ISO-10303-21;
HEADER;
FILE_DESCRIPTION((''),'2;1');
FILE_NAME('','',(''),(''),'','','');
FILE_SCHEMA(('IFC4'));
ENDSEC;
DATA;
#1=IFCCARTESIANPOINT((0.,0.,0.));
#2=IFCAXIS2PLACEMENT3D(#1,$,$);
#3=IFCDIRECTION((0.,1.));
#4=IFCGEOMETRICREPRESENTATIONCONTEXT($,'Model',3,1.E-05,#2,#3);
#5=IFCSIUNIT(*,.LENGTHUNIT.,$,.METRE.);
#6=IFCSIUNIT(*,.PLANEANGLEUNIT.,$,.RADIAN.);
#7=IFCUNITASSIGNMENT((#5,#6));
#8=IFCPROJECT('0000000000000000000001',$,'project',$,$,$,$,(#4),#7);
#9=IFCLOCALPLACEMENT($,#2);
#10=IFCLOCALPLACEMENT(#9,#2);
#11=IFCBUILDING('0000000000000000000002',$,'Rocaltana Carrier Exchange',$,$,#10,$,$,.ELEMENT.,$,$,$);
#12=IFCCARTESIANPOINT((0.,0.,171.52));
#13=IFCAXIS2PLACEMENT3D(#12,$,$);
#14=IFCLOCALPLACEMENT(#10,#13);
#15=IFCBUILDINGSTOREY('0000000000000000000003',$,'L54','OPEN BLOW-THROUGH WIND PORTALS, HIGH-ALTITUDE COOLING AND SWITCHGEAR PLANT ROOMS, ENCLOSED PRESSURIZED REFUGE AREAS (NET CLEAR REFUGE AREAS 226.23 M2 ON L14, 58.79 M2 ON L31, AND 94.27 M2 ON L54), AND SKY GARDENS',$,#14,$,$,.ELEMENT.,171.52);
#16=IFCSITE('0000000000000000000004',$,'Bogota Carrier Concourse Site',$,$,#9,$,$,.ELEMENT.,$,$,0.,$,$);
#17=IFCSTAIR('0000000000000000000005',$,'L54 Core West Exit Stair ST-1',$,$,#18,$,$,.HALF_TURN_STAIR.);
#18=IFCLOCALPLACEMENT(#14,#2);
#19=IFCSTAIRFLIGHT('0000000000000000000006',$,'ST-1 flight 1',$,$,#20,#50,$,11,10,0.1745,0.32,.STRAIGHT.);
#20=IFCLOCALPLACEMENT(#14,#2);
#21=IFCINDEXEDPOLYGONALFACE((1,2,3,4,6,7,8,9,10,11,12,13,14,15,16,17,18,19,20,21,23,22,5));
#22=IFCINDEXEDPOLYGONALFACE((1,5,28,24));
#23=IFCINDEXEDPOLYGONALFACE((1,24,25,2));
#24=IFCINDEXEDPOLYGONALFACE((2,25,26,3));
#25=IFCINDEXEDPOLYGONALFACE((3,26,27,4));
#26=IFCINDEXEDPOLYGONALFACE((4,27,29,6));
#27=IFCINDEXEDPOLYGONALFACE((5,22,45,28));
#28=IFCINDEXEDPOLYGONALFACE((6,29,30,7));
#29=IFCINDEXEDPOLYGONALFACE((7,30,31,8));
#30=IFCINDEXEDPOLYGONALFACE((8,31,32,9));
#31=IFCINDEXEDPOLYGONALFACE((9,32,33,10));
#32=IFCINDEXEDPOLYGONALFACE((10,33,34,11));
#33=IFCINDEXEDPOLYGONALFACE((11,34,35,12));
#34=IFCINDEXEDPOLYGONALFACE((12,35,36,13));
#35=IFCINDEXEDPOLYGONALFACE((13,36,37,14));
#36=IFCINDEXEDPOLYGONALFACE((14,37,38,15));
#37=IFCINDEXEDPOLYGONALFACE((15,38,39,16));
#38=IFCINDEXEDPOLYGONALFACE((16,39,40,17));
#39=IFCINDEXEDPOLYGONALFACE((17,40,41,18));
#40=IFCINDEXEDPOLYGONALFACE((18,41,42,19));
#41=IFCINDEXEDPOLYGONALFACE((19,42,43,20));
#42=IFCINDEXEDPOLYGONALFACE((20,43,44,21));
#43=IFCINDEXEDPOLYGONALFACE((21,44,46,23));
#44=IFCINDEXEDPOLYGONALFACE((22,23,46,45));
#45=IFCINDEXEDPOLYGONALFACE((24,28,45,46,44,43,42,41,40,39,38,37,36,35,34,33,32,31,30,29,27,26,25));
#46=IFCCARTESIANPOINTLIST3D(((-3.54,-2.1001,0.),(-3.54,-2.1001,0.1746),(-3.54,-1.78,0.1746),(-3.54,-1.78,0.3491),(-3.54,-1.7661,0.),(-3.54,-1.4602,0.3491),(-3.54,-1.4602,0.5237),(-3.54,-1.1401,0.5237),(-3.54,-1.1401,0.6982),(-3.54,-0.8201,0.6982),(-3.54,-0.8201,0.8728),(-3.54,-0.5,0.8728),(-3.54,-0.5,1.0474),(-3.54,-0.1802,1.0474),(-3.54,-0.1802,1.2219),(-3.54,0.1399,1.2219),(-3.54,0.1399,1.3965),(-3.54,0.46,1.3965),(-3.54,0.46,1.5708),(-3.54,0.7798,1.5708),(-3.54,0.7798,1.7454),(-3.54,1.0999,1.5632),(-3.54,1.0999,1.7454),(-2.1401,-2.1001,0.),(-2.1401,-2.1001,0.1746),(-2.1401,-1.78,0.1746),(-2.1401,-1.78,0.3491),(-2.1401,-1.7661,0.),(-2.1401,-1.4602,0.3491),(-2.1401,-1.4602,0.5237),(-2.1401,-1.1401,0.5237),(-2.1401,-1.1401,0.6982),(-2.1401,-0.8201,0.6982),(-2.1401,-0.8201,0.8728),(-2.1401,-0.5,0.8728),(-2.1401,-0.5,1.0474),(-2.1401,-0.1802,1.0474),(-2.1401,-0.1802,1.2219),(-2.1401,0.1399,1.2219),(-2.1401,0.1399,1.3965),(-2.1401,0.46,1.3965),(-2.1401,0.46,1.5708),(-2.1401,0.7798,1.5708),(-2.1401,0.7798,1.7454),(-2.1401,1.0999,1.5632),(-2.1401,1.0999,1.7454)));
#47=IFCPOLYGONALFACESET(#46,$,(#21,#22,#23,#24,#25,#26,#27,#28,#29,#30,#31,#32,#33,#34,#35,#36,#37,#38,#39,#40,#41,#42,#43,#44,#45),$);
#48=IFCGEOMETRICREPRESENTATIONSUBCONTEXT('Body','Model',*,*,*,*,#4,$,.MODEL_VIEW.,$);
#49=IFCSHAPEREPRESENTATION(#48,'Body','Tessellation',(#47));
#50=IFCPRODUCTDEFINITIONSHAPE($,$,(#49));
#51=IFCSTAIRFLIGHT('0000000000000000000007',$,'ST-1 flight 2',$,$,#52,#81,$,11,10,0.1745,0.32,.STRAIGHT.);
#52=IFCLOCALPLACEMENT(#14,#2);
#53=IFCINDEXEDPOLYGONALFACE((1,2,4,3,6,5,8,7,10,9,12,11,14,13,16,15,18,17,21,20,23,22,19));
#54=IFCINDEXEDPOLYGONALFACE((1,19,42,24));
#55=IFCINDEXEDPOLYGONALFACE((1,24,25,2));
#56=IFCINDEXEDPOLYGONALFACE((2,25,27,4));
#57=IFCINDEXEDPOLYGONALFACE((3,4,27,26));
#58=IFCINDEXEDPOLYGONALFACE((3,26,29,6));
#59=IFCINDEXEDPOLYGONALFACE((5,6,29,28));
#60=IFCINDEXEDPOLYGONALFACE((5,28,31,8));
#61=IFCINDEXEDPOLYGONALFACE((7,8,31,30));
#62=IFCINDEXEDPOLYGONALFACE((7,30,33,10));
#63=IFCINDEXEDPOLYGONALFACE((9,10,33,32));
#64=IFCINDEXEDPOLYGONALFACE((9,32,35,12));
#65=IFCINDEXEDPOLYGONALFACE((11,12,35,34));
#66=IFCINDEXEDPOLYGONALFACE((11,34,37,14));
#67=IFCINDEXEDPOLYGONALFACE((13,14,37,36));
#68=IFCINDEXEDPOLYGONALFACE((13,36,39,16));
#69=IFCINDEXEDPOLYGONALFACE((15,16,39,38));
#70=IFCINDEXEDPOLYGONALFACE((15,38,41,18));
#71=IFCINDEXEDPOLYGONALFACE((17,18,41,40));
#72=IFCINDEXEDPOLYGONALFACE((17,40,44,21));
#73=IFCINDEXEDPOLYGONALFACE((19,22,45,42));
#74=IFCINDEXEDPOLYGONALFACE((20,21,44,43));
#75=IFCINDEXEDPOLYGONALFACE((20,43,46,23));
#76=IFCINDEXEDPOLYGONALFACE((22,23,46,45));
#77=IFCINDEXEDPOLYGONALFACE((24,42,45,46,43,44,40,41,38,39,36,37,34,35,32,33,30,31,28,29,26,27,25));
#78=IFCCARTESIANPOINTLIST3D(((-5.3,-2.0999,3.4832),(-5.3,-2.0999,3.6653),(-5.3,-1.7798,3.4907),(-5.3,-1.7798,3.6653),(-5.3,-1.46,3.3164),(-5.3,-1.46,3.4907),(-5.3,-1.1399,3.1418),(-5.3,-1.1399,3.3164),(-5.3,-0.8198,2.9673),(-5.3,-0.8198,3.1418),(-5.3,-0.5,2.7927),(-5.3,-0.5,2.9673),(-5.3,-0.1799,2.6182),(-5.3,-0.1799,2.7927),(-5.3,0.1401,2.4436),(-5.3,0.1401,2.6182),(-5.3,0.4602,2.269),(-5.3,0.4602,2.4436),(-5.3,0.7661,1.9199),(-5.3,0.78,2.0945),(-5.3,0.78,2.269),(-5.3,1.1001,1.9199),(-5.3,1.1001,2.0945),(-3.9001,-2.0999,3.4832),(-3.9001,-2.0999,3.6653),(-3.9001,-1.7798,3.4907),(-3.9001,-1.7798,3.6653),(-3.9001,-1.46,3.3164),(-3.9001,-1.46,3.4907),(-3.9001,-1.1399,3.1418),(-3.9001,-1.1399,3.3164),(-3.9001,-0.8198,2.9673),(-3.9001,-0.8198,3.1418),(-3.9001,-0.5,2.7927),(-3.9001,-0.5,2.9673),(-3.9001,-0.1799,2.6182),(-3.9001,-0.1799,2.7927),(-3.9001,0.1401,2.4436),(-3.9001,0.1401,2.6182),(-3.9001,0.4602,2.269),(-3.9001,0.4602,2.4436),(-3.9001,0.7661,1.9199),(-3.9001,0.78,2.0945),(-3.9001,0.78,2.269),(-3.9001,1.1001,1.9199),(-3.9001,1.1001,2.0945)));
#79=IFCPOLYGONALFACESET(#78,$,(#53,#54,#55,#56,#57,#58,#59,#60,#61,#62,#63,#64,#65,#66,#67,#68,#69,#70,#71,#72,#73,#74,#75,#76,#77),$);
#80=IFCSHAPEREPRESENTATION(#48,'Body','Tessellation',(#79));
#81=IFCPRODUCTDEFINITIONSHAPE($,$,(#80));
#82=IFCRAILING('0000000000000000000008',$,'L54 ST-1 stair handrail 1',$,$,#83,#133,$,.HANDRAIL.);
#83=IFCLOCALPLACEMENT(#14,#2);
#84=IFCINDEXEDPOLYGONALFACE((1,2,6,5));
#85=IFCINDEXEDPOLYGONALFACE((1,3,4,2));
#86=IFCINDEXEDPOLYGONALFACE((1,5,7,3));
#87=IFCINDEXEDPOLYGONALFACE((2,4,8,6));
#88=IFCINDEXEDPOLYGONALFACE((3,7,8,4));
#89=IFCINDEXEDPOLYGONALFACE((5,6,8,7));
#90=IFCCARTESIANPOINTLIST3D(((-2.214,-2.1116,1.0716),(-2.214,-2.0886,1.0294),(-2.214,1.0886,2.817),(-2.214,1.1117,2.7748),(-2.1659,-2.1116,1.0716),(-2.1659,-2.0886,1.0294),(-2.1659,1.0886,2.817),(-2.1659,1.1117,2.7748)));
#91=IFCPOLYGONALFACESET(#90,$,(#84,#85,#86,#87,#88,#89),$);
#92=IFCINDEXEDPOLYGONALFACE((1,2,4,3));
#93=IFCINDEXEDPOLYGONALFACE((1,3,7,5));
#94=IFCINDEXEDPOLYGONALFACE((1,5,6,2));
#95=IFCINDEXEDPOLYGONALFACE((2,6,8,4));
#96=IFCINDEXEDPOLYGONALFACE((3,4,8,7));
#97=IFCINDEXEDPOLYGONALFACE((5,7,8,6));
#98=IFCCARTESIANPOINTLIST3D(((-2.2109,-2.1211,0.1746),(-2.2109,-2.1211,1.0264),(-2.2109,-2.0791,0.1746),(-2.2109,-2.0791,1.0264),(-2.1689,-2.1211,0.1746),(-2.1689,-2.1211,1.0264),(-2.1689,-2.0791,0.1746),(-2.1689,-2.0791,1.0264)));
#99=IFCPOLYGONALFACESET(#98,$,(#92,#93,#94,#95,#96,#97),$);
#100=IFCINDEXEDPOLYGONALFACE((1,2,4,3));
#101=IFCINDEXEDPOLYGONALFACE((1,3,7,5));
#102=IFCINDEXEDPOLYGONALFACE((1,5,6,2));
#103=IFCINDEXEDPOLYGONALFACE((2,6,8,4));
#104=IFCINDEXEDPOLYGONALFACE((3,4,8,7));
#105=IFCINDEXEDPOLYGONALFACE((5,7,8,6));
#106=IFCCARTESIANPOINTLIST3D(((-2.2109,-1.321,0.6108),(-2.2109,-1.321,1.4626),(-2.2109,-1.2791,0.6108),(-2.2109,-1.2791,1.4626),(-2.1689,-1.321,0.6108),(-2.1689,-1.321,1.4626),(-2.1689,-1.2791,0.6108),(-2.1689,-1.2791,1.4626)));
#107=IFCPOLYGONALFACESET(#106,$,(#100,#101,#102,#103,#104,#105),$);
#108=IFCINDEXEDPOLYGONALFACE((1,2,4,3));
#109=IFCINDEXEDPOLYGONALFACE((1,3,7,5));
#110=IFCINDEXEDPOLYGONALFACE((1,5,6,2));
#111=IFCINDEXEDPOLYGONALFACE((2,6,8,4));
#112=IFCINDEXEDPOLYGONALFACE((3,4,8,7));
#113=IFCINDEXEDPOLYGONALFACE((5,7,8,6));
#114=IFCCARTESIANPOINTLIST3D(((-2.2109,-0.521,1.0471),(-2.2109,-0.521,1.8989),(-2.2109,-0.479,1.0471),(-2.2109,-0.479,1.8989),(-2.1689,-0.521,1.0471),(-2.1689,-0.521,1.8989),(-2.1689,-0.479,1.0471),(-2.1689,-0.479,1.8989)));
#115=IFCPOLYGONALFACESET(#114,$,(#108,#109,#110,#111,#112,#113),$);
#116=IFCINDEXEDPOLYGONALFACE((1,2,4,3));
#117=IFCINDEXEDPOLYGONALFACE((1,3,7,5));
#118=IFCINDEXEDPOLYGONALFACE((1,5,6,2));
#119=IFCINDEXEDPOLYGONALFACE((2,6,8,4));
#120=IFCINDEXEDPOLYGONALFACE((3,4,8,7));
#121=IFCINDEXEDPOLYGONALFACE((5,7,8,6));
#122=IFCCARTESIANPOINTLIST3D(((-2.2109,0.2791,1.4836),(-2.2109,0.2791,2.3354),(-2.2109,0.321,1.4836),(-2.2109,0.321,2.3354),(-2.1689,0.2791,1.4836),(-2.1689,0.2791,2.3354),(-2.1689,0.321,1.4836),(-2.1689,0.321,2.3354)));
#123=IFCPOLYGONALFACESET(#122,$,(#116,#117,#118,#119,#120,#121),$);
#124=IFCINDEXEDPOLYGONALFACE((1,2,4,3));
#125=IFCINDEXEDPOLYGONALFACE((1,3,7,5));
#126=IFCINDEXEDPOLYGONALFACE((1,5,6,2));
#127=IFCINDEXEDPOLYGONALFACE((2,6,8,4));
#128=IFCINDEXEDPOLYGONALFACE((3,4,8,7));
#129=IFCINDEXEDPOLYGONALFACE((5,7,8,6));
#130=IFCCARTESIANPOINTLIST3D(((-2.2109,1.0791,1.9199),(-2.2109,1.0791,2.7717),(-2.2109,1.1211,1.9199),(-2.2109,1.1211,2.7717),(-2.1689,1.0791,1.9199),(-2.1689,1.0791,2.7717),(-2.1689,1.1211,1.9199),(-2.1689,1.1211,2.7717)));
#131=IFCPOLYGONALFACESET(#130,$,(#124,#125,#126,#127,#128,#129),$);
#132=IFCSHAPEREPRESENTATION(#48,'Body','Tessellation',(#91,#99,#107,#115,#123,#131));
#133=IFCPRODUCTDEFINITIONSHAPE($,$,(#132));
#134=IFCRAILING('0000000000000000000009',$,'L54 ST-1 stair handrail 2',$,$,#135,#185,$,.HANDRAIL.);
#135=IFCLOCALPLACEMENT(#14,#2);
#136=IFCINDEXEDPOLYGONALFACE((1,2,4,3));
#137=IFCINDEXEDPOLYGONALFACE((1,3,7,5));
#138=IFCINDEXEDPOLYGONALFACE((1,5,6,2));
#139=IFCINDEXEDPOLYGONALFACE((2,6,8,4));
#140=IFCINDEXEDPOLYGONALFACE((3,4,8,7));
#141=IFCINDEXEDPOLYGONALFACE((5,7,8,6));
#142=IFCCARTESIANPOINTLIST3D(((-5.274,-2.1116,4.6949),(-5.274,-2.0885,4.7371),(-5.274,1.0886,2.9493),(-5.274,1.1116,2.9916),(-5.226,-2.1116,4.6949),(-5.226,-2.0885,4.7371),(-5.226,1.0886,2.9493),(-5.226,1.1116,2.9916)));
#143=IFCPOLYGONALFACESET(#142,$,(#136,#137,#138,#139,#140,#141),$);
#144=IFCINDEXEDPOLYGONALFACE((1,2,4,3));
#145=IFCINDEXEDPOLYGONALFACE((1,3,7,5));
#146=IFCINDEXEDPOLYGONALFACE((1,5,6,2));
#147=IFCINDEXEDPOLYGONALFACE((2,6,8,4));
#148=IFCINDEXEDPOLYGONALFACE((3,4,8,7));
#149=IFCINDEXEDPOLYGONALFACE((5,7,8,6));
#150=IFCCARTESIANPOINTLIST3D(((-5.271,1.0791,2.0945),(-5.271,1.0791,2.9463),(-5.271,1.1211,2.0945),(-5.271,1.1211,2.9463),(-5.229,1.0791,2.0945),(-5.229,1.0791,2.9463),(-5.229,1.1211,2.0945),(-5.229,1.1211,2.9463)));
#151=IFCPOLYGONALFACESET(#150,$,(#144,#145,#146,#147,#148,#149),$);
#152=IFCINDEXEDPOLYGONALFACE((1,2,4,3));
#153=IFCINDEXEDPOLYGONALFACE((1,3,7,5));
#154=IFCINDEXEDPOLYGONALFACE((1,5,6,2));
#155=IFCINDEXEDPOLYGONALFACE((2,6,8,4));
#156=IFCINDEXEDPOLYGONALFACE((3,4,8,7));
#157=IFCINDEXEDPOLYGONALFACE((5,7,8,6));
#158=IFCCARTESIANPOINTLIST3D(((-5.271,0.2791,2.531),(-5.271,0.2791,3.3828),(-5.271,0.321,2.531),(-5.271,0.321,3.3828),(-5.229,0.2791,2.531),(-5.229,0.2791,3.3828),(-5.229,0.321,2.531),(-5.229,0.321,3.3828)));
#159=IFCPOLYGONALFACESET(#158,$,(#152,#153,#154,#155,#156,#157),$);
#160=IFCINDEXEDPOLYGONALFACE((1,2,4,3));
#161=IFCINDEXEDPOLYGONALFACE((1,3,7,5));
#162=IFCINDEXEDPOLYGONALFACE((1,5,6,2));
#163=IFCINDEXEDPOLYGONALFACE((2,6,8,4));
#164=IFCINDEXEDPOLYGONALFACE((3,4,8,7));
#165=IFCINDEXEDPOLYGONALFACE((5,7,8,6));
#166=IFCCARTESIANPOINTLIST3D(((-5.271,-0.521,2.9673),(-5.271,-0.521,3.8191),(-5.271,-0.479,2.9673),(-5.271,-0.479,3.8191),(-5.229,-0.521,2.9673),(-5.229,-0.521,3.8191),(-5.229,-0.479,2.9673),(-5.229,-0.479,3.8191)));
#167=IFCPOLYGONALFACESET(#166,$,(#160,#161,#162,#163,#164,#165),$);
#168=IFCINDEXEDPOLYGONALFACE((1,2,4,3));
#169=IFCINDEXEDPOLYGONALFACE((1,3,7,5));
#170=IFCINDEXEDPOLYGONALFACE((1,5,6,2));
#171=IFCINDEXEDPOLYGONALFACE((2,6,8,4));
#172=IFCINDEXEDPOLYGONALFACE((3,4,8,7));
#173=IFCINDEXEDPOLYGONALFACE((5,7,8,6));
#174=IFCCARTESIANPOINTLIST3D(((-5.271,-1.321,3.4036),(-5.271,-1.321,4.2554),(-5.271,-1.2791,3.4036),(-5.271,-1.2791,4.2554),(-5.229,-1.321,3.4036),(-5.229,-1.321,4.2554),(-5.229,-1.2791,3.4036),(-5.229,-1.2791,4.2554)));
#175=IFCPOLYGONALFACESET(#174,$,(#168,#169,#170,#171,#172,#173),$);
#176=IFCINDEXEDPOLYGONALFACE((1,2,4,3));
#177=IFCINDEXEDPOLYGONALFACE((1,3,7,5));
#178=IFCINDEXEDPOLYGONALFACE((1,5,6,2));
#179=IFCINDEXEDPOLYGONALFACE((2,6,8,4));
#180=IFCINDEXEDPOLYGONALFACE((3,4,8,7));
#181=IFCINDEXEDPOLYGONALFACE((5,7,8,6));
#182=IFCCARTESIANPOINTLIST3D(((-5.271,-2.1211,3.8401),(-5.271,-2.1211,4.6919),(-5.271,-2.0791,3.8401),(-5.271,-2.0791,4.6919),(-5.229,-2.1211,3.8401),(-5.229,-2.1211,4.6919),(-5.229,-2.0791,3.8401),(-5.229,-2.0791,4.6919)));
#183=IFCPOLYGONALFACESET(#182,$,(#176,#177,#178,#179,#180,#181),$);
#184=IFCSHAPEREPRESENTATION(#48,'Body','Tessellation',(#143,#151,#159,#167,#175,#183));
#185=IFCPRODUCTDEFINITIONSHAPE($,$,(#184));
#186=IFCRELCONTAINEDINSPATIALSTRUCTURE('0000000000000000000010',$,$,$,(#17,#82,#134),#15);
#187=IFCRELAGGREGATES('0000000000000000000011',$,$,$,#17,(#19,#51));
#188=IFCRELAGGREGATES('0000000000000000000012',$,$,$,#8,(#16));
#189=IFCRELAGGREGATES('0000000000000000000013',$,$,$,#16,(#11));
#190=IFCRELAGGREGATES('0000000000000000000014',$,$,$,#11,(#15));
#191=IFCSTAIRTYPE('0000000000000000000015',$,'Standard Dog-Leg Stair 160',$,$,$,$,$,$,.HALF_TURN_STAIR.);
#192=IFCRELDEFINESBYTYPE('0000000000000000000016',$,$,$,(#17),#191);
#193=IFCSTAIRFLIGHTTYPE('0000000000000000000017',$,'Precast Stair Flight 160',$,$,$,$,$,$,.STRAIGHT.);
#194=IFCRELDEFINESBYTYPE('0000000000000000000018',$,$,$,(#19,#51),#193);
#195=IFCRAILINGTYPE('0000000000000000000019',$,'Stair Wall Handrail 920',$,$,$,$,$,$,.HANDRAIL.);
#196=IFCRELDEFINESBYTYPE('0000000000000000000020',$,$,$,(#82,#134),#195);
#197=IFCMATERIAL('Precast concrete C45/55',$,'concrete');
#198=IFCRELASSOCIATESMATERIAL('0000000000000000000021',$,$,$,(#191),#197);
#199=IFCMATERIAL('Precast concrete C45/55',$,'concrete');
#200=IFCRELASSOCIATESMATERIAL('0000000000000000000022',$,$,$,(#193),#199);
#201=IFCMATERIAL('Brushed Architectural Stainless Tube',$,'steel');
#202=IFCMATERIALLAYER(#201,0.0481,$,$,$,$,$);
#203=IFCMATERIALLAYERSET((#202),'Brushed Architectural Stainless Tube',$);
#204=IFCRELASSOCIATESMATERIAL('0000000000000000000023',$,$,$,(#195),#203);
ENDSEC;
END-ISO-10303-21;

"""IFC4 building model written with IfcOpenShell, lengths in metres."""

from ifc_helpers import new_model, si_unit, direction, frame, origin, origin_2d, place, context, subcontext, project, spatial, polyline, rectangle, outline, extrude, material, layer, layer_set, type_object, element, aggregate, save


model = new_model("IFC4")

# Units and contexts
model_context = context("Model", 3, precision=1e-05, world=origin(), true_north=direction((0.0, 1.0)))
body_context = subcontext(model_context, "Body", "Model", "MODEL_VIEW")
ifc_project = project(units=[si_unit("LENGTHUNIT", "METRE"), si_unit("PLANEANGLEUNIT", "RADIAN")], contexts=[model_context])

# Site, building, storey
site_placement = place(None, origin())
site = spatial("IfcSite", under=ifc_project, at=site_placement, Name="Bogota Carrier Concourse Site", CompositionType="ELEMENT", RefElevation=0.0)
building_placement = place(site_placement, origin())
building = spatial("IfcBuilding", under=site, at=building_placement, Name="Rocaltana Carrier Exchange", CompositionType="ELEMENT")
storey_placement = place(building_placement, frame((0.0, 0.0, 171.52)))
storey = spatial("IfcBuildingStorey", under=building, at=storey_placement, Name="L54", Description="OPEN BLOW-THROUGH WIND PORTALS, HIGH-ALTITUDE COOLING AND SWITCHGEAR PLANT ROOMS, ENCLOSED PRESSURIZED REFUGE AREAS (NET CLEAR REFUGE AREAS 226.23 M2 ON L14, 58.79 M2 ON L31, AND 94.27 M2 ON L54), AND SKY GARDENS", CompositionType="ELEMENT", Elevation=171.52)

# Stair
ifc_material_1 = material(Name="Precast concrete C45/55", Category="concrete")
stair_type = type_object("IfcStairType", Name="Standard Dog-Leg Stair 160", PredefinedType="HALF_TURN_STAIR", material=ifc_material_1)
stair_1_placement = place(storey_placement, origin())
stair_1 = element("IfcStair", 1, at=stair_1_placement, inside=storey, type_object=stair_type, Name="L54 Core West Exit Stair ST-1", PredefinedType="HALF_TURN_STAIR")

# Stair flights
ifc_material_2 = material(Name="Precast concrete C45/55", Category="concrete")
stair_flight_type = type_object("IfcStairFlightType", Name="Precast Stair Flight 160", PredefinedType="STRAIGHT", material=ifc_material_2)
stair_flight_1_placement = place(storey_placement, frame((-2.8401, -2.1001, 0.0), z_axis=(0.0, 0.0, 1.0), x_axis=(0.0, 1.0, 0.0)))
stair_flight_1 = element("IfcStairFlight", 2, at=stair_flight_1_placement, type_object=stair_flight_type, Name="ST-1 flight 1", NumberOfRisers=11, NumberOfTreads=10, PredefinedType="STRAIGHT", RiserHeight=0.1745, TreadLength=0.32, context=body_context, shape_type="SweptSolid", body=[
    extrude(outline(polyline([(0.0, 0.0), (0.0, 0.1746), (0.3201, 0.1746), (0.3201, 0.3491), (0.6399, 0.3491), (0.6399, 0.5237), (0.96, 0.5237), (0.96, 0.6982), (1.28, 0.6982), (1.28, 0.8728), (1.6001, 0.8728), (1.6001, 1.0474), (1.9199, 1.0474), (1.9199, 1.2219), (2.24, 1.2219), (2.24, 1.3965), (2.5601, 1.3965), (2.5601, 1.5708), (2.8799, 1.5708), (2.8799, 1.7454), (3.2, 1.7454), (3.2, 1.9199), (3.2, 1.5632), (0.334, 0.0), (0.0, 0.0)])), frame((0.0, 0.7, 0.0), z_axis=(0.0, -1.0, 0.0), x_axis=(1.0, 0.0, 0.0)), (0.0, 0.0, 1.0), 1.3999),
])
stair_flight_2_placement = place(storey_placement, frame((-4.6001, 1.1001, 1.9199), z_axis=(0.0, 0.0, 1.0), x_axis=(0.0, -1.0, 0.0)))
stair_flight_2 = element("IfcStairFlight", 3, at=stair_flight_2_placement, type_object=stair_flight_type, Name="ST-1 flight 2", NumberOfRisers=11, NumberOfTreads=10, PredefinedType="STRAIGHT", RiserHeight=0.1745, TreadLength=0.32, context=body_context, shape_type="SweptSolid", body=[
    extrude(outline(polyline([(0.0, 0.0), (0.0, 0.1746), (0.3201, 0.1746), (0.3201, 0.3491), (0.6399, 0.3491), (0.6399, 0.5237), (0.96, 0.5237), (0.96, 0.6982), (1.28, 0.6982), (1.28, 0.8728), (1.6001, 0.8728), (1.6001, 1.0474), (1.9199, 1.0474), (1.9199, 1.2219), (2.24, 1.2219), (2.24, 1.3965), (2.5601, 1.3965), (2.5601, 1.5708), (2.8799, 1.5708), (2.8799, 1.7454), (3.2, 1.7454), (3.2, 1.9199), (3.2, 1.5632), (0.334, 0.0), (0.0, 0.0)])), frame((0.0, 0.7, 0.0), z_axis=(0.0, -1.0, 0.0), x_axis=(1.0, 0.0, 0.0)), (0.0, 0.0, 1.0), 1.3999),
])
aggregate(stair_1, [stair_flight_1, stair_flight_2])

# Railings
ifc_material_3 = material(Name="Brushed Architectural Stainless Tube", Category="steel")
ifc_layer_1 = layer(ifc_material_3, 0.0481)
ifc_layer_set_1 = layer_set([ifc_layer_1], Name="Brushed Architectural Stainless Tube")
railing_type_1 = type_object("IfcRailingType", Name="Stair Wall Handrail 920", PredefinedType="HANDRAIL", material=ifc_layer_set_1)
railing_1_placement = place(storey_placement, frame((-2.1899, -2.1001, 0.1746)))
element("IfcRailing", 4, at=railing_1_placement, inside=storey, type_object=railing_type_1, Name="L54 ST-1 stair handrail 1", PredefinedType="HANDRAIL", context=body_context, shape_type="SweptSolid", body=[
    extrude(rectangle(XDim=0.0481, YDim=0.0481, at=origin_2d()), frame((0.0, 0.0, 0.876), z_axis=(0.0, 0.877919, 0.47881), x_axis=(-1.0, 0.0, 0.0)), (0.0, 0.0, 1.0), 3.6453),
    extrude(rectangle(XDim=0.042, YDim=0.042, at=origin_2d()), origin(), (0.0, 0.0, 1.0), 0.8518),
    extrude(rectangle(XDim=0.042, YDim=0.042, at=origin_2d()), frame((0.0, 0.8, 0.4363)), (0.0, 0.0, 1.0), 0.8518),
    extrude(rectangle(XDim=0.042, YDim=0.042, at=origin_2d()), frame((0.0, 1.6001, 0.8726)), (0.0, 0.0, 1.0), 0.8518),
    extrude(rectangle(XDim=0.042, YDim=0.042, at=origin_2d()), frame((0.0, 2.4001, 1.3091)), (0.0, 0.0, 1.0), 0.8518),
    extrude(rectangle(XDim=0.042, YDim=0.042, at=origin_2d()), frame((0.0, 3.2002, 1.7454)), (0.0, 0.0, 1.0), 0.8518),
])
railing_2_placement = place(storey_placement, frame((-5.25, 1.1001, 2.0945)))
element("IfcRailing", 5, at=railing_2_placement, inside=storey, type_object=railing_type_1, Name="L54 ST-1 stair handrail 2", PredefinedType="HANDRAIL", context=body_context, shape_type="SweptSolid", body=[
    extrude(rectangle(XDim=0.0481, YDim=0.0481, at=origin_2d()), frame((0.0, 0.0, 0.876), z_axis=(0.0, -0.87789, 0.478862), x_axis=(1.0, 0.0, 0.0)), (0.0, 0.0, 1.0), 3.6453),
    extrude(rectangle(XDim=0.042, YDim=0.042, at=origin_2d()), origin(), (0.0, 0.0, 1.0), 0.8518),
    extrude(rectangle(XDim=0.042, YDim=0.042, at=origin_2d()), frame((0.0, -0.8, 0.4365)), (0.0, 0.0, 1.0), 0.8518),
    extrude(rectangle(XDim=0.042, YDim=0.042, at=origin_2d()), frame((0.0, -1.6001, 0.8728)), (0.0, 0.0, 1.0), 0.8518),
    extrude(rectangle(XDim=0.042, YDim=0.042, at=origin_2d()), frame((0.0, -2.4001, 1.3091)), (0.0, 0.0, 1.0), 0.8518),
    extrude(rectangle(XDim=0.042, YDim=0.042, at=origin_2d()), frame((0.0, -3.2002, 1.7456)), (0.0, 0.0, 1.0), 0.8518),
])

save(model, "model.ifc")
